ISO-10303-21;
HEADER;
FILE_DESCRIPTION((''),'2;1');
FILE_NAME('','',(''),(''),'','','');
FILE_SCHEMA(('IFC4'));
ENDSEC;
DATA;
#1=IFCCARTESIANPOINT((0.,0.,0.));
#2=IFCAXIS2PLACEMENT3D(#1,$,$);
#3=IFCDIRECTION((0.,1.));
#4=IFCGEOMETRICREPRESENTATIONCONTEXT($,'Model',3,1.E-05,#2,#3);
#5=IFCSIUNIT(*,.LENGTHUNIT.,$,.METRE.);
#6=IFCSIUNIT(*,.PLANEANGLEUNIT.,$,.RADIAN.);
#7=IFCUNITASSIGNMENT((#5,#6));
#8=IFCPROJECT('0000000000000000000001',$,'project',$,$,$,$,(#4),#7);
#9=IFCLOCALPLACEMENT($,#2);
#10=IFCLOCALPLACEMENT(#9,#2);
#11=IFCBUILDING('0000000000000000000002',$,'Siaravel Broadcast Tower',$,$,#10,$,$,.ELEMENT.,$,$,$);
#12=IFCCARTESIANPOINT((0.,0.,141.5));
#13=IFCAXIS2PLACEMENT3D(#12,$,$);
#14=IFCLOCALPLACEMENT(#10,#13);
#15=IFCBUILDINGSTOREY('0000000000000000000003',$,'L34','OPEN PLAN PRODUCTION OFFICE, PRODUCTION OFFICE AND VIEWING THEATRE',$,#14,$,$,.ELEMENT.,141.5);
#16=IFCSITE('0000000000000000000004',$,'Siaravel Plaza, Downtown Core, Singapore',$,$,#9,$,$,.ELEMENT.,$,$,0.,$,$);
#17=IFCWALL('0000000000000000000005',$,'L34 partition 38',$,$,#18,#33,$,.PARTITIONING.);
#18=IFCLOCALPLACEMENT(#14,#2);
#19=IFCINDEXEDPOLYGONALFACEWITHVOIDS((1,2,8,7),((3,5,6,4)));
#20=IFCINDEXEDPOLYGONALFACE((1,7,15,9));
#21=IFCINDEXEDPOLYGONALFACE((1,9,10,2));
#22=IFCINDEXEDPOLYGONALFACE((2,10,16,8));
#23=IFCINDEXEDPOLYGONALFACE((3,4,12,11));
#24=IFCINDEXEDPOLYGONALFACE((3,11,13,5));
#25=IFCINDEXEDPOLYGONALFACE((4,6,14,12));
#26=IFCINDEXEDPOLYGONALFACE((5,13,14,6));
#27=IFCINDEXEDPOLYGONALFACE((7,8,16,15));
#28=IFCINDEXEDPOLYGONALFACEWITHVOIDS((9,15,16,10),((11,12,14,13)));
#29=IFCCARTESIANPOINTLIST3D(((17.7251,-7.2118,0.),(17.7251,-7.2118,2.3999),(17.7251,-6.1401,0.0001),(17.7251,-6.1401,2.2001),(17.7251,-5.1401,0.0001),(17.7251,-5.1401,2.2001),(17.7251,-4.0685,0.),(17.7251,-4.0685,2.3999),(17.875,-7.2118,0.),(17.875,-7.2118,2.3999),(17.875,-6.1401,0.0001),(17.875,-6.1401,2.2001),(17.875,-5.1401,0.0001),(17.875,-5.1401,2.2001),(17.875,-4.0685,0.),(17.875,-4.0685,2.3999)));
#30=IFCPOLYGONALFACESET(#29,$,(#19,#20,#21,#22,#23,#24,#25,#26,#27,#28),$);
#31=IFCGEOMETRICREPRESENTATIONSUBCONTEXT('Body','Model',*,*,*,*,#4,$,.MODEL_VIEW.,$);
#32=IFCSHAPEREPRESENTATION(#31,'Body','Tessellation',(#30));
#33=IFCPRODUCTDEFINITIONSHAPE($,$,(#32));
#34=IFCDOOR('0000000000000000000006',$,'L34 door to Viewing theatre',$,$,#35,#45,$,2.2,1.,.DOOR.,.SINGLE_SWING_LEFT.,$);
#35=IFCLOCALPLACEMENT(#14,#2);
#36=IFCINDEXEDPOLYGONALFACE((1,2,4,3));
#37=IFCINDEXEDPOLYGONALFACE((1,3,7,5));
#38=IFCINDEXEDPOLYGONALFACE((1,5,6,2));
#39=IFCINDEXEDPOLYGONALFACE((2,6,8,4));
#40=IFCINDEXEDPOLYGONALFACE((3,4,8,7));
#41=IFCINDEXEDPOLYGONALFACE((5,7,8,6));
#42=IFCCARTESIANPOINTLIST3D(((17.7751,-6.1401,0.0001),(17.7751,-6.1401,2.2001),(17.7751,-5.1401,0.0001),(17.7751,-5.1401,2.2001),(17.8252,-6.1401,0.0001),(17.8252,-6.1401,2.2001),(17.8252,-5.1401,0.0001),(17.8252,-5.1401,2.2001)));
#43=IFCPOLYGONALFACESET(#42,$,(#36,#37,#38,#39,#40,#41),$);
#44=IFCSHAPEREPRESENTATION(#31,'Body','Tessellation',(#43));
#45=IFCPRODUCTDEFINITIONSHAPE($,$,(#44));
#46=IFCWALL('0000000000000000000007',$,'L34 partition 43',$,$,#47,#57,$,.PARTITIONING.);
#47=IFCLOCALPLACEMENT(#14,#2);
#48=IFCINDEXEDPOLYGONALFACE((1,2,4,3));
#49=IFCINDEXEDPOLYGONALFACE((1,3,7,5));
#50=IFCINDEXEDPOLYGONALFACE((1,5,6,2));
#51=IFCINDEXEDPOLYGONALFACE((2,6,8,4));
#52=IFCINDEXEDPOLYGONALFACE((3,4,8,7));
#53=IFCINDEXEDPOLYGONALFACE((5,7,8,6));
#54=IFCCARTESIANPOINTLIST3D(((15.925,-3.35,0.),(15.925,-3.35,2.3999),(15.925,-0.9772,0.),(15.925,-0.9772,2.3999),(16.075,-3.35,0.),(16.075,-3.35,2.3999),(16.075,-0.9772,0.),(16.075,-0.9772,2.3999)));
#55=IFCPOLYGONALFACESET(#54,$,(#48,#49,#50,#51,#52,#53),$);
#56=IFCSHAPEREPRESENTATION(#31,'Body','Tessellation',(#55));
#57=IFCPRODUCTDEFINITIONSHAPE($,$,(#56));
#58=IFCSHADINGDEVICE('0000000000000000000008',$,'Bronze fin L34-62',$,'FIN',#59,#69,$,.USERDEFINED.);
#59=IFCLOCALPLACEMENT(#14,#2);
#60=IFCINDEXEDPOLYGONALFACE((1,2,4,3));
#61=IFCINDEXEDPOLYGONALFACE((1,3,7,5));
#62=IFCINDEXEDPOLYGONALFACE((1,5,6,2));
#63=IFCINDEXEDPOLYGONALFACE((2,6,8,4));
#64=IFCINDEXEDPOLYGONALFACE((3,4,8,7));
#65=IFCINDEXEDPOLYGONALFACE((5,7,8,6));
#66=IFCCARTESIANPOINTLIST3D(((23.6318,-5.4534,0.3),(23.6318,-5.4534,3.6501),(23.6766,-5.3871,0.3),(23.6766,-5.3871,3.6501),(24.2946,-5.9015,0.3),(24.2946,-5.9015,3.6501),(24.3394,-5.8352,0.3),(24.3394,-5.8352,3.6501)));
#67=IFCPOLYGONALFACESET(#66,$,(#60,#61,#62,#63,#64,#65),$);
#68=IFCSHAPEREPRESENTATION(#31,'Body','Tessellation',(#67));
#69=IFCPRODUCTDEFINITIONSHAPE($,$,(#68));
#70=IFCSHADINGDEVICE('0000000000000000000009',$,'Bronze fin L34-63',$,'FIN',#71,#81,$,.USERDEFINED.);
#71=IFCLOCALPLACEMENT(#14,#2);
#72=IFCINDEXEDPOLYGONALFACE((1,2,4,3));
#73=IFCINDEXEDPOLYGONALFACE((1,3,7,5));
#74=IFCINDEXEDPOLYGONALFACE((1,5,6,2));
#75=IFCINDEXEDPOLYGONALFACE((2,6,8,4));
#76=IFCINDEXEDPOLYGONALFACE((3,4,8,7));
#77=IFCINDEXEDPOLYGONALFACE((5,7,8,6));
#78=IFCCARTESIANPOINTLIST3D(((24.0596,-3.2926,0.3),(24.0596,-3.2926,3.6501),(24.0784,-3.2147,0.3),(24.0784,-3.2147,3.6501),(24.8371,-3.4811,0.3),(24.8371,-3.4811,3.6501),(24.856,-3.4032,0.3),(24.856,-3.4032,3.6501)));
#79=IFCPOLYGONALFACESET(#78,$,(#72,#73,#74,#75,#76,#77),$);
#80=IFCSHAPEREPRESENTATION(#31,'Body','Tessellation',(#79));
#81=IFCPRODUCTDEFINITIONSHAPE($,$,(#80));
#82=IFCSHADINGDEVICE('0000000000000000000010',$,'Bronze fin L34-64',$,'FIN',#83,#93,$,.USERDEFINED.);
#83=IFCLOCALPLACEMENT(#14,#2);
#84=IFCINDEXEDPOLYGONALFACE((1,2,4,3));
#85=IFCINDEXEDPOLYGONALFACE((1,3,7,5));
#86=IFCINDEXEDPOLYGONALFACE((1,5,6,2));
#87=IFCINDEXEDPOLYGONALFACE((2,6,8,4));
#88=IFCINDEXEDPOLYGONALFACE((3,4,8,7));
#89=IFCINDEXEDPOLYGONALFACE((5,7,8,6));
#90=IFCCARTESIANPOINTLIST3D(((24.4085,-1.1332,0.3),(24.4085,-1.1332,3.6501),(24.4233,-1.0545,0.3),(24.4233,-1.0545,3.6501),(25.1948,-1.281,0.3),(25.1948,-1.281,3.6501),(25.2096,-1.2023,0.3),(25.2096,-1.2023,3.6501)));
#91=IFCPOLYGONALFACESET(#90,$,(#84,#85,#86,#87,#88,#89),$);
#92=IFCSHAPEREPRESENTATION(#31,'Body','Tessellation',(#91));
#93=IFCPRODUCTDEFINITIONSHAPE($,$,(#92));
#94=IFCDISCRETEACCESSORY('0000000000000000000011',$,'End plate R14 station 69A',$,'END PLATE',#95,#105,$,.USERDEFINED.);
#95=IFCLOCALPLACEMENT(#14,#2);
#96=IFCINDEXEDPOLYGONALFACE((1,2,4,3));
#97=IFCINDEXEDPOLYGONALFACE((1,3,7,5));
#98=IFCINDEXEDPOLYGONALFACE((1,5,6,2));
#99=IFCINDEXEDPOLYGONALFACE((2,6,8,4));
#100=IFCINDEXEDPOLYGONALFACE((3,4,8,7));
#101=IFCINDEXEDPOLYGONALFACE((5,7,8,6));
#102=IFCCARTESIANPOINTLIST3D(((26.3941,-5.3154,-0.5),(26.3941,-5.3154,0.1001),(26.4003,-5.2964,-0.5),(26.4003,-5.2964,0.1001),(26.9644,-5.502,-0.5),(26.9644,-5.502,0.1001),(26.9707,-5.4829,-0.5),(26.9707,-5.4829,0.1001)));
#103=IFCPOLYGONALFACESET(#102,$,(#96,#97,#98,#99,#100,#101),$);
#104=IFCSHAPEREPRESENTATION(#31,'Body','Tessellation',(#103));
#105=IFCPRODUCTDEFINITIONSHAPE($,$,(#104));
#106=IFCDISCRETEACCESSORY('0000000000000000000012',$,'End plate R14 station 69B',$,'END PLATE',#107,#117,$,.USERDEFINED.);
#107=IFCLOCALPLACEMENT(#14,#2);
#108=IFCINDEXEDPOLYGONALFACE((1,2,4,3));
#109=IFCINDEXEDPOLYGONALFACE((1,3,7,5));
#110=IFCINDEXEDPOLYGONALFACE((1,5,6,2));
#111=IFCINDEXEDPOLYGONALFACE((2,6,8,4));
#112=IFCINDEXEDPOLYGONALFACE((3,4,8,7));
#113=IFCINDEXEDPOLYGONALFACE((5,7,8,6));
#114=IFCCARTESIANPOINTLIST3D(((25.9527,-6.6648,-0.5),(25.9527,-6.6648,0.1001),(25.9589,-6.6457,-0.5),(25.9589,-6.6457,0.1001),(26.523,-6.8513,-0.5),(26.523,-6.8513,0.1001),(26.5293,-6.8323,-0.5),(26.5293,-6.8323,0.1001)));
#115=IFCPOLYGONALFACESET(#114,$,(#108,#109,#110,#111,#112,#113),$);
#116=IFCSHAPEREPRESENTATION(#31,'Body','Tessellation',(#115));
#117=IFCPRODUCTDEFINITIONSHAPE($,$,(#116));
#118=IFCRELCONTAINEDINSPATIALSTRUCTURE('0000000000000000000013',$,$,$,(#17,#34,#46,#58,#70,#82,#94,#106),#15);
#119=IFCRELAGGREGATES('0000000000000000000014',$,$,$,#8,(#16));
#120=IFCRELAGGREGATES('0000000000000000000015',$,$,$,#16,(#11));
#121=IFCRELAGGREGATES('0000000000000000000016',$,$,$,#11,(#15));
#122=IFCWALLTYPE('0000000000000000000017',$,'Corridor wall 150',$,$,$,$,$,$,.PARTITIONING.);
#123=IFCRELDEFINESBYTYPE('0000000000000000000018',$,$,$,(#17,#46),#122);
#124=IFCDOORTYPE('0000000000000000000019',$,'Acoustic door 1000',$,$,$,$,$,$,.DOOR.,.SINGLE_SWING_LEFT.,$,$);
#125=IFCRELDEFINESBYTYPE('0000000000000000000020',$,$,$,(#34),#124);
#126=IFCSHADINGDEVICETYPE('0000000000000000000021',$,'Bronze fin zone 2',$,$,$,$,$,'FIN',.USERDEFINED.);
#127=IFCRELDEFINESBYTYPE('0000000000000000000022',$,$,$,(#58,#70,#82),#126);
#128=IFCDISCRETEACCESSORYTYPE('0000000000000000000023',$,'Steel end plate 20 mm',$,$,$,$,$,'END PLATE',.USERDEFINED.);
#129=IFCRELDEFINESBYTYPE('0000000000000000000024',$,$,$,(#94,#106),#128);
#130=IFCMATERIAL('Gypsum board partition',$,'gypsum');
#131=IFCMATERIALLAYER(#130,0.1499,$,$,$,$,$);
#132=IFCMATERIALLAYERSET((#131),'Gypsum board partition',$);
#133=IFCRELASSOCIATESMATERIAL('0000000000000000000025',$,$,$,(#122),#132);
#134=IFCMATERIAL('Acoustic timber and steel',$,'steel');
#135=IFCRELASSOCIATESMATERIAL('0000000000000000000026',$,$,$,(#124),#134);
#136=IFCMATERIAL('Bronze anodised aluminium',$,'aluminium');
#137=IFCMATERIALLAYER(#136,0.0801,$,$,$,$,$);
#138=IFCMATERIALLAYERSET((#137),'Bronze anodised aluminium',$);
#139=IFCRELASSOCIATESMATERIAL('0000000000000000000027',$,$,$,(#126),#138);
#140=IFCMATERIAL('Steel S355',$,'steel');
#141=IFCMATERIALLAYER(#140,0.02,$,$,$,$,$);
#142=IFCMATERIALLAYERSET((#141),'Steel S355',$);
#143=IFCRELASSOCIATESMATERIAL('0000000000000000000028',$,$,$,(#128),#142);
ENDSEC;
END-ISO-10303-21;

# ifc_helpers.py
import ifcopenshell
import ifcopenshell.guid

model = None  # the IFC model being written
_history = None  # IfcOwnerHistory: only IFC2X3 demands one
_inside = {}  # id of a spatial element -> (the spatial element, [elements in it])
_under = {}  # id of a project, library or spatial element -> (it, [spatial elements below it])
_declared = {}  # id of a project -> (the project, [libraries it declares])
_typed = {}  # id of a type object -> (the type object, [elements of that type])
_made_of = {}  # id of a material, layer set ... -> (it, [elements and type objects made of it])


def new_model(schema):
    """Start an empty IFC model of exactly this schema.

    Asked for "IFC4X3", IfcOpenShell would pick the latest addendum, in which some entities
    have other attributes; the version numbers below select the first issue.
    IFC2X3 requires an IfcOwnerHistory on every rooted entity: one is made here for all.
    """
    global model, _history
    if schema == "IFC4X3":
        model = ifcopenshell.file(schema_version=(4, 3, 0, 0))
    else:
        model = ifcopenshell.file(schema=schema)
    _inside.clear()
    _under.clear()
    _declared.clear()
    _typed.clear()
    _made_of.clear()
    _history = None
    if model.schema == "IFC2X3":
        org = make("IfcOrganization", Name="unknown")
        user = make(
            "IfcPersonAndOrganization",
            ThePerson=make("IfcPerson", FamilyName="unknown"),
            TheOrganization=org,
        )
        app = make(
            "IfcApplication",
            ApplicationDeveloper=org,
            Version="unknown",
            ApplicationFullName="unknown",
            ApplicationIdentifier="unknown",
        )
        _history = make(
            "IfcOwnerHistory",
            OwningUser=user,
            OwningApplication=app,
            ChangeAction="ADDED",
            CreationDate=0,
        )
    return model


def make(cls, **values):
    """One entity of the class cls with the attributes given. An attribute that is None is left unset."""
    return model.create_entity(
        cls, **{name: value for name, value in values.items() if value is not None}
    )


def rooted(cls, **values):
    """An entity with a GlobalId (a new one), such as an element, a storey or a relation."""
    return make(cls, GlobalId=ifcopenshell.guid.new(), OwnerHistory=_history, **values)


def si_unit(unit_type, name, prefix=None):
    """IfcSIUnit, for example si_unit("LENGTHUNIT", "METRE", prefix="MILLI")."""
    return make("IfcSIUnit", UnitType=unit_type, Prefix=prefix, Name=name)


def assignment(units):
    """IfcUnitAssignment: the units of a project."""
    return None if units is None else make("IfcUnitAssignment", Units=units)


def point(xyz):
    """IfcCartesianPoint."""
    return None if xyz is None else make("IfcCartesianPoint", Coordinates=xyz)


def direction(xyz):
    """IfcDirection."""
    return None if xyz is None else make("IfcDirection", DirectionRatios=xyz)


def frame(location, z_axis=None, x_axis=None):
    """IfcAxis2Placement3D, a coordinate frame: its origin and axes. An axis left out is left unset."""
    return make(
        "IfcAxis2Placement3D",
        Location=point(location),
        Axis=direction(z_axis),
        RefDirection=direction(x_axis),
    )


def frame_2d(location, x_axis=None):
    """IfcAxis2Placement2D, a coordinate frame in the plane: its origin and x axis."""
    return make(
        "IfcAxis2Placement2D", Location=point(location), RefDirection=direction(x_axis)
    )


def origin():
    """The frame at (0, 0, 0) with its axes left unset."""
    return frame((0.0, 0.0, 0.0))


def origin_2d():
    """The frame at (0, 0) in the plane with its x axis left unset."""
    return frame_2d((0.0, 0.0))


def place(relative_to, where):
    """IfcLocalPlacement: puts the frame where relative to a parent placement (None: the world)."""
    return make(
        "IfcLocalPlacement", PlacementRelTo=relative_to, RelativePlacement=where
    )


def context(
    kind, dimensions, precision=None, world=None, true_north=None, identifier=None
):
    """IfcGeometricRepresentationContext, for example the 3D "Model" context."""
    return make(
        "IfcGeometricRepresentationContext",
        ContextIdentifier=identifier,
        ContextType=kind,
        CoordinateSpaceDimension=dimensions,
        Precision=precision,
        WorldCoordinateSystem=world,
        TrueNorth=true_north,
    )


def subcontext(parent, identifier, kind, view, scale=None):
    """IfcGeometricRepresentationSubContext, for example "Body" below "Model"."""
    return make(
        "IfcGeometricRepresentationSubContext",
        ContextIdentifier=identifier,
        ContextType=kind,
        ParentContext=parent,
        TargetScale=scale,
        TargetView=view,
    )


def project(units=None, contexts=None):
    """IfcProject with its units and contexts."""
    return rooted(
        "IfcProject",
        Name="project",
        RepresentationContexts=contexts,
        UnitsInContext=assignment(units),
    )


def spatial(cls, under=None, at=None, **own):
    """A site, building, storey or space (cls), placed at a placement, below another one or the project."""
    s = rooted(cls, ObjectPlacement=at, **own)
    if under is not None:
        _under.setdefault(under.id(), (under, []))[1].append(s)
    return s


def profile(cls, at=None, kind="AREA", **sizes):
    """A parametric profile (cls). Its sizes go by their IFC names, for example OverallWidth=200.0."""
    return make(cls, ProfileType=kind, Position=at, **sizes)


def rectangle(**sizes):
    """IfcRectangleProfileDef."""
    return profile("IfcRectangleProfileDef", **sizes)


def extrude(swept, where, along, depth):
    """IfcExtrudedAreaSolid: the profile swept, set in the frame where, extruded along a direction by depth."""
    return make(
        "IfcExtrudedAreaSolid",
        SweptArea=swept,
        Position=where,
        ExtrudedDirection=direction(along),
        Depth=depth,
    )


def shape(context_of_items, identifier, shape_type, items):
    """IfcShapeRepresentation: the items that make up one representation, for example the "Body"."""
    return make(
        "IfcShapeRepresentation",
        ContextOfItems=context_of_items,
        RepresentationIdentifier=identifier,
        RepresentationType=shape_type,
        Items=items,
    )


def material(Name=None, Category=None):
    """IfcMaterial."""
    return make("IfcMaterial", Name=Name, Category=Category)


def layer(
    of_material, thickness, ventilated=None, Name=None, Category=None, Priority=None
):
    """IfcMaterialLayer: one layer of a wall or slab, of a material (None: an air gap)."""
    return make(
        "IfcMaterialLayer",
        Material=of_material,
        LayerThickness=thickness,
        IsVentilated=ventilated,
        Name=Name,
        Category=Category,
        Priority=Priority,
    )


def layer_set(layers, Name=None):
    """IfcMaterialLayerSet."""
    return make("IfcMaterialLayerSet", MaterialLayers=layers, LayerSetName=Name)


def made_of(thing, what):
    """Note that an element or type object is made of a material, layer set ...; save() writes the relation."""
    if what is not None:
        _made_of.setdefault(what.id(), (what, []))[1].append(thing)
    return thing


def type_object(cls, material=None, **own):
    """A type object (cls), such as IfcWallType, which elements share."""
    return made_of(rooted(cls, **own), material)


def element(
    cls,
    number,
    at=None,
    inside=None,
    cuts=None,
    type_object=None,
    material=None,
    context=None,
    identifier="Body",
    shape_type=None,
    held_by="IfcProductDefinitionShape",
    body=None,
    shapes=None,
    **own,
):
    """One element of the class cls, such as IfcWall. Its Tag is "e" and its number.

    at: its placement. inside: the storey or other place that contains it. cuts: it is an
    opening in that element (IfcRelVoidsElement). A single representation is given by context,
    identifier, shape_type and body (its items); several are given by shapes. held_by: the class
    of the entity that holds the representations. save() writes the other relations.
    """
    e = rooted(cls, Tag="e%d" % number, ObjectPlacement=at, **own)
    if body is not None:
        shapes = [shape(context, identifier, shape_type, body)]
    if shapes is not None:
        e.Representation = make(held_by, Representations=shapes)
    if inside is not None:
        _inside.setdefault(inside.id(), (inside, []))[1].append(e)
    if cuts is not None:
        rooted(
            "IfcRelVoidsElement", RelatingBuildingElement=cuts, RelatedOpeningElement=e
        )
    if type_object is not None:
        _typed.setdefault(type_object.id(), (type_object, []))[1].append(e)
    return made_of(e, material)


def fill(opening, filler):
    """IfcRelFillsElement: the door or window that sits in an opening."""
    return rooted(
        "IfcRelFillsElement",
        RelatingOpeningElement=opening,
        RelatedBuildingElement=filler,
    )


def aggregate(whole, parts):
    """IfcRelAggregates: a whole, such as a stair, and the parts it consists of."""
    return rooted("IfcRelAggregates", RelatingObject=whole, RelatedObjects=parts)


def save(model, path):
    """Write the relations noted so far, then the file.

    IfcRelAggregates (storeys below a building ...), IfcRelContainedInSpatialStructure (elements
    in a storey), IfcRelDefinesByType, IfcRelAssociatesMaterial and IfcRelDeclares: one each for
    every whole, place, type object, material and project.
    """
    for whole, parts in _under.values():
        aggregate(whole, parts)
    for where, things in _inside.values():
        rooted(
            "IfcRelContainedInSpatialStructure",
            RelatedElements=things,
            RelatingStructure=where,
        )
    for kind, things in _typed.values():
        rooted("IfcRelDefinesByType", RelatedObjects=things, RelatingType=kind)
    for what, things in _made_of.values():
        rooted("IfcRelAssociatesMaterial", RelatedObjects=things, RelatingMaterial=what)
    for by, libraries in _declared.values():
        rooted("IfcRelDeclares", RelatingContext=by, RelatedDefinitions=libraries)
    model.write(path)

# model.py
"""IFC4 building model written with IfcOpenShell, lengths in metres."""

from ifc_helpers import new_model, si_unit, direction, frame, frame_2d, origin, origin_2d, place, context, subcontext, project, spatial, rectangle, extrude, material, layer, layer_set, type_object, element, fill, save


model = new_model("IFC4")

# Units and contexts
model_context = context("Model", 3, precision=1e-05, world=origin(), true_north=direction((0.0, 1.0)))
body_context = subcontext(model_context, "Body", "Model", "MODEL_VIEW")
ifc_project = project(units=[si_unit("LENGTHUNIT", "METRE"), si_unit("PLANEANGLEUNIT", "RADIAN")], contexts=[model_context])

# Site, building, storey
site_placement = place(None, origin())
site = spatial("IfcSite", under=ifc_project, at=site_placement, Name="Siaravel Plaza, Downtown Core, Singapore", CompositionType="ELEMENT", RefElevation=0.0)
building_placement = place(site_placement, origin())
building = spatial("IfcBuilding", under=site, at=building_placement, Name="Siaravel Broadcast Tower", CompositionType="ELEMENT")
storey_placement = place(building_placement, frame((0.0, 0.0, 141.5)))
storey = spatial("IfcBuildingStorey", under=building, at=storey_placement, Name="L34", Description="OPEN PLAN PRODUCTION OFFICE, PRODUCTION OFFICE AND VIEWING THEATRE", CompositionType="ELEMENT", Elevation=141.5)

# Shared definitions
ifc_material_1 = material(Name="Steel S355", Category="steel")

# Shared definitions
ifc_material_2 = material(Name="Gypsum board partition", Category="gypsum")
ifc_layer_1 = layer(ifc_material_2, 0.1499)
ifc_layer_set_1 = layer_set([ifc_layer_1], Name="Gypsum board partition")
wall_type_1 = type_object("IfcWallType", Name="Corridor wall 150", PredefinedType="PARTITIONING", material=ifc_layer_set_1)
ifc_material_3 = material(Name="Acoustic timber and steel", Category="steel")
door_type_1 = type_object("IfcDoorType", Name="Acoustic door 1000", OperationType="SINGLE_SWING_LEFT", PredefinedType="DOOR", material=ifc_material_3)

# Wall, opening, door
wall_1_placement = place(storey_placement, frame((17.8, -7.2119, 0.0), z_axis=(0.0, 0.0, 1.0), x_axis=(0.0, 1.0, 0.0)))
wall_1 = element("IfcWall", 1, at=wall_1_placement, inside=storey, type_object=wall_type_1, Name="L34 partition 38", PredefinedType="PARTITIONING", context=body_context, shape_type="SweptSolid", body=[
    extrude(rectangle(XDim=3.1433, YDim=0.1499, at=frame_2d((1.5718, 0.0))), origin(), (0.0, 0.0, 1.0), 2.3999),
])
opening_1_placement = place(wall_1_placement, frame((1.0718, 0.0, 0.0)))
opening_1 = element("IfcOpeningElement", 2, at=opening_1_placement, cuts=wall_1, PredefinedType="OPENING", context=body_context, shape_type="SweptSolid", body=[
    extrude(rectangle(XDim=1.0, YDim=2.2, at=frame_2d((0.5, 1.1001))), frame((0.0, 0.085, 0.0), z_axis=(0.0, -1.0, 0.0), x_axis=(1.0, 0.0, 0.0)), (0.0, 0.0, 1.0), 0.1699),
])
door_1_placement = place(opening_1_placement, origin())
door_1 = element("IfcDoor", 3, at=door_1_placement, inside=storey, type_object=door_type_1, Name="L34 door to Viewing theatre", OperationType="SINGLE_SWING_LEFT", OverallHeight=2.2, OverallWidth=1.0, PredefinedType="DOOR", context=body_context, shape_type="SweptSolid", body=[
    extrude(rectangle(XDim=1.0, YDim=2.2, at=frame_2d((0.5, 1.1001))), frame((0.0, 0.0249, 0.0), z_axis=(0.0, -1.0, 0.0), x_axis=(1.0, 0.0, 0.0)), (0.0, 0.0, 1.0), 0.05),
])
fill(opening_1, door_1)

# Wall
wall_2_placement = place(storey_placement, frame((16.0, -0.9771, 0.0), z_axis=(0.0, 0.0, 1.0), x_axis=(0.0, -1.0, 0.0)))
element("IfcWall", 4, at=wall_2_placement, inside=storey, type_object=wall_type_1, Name="L34 partition 43", PredefinedType="PARTITIONING", context=body_context, shape_type="SweptSolid", body=[
    extrude(rectangle(XDim=2.3728, YDim=0.1499, at=frame_2d((1.1865, 0.0))), origin(), (0.0, 0.0, 1.0), 2.3999),
])

# Shading devices
ifc_material_4 = material(Name="Bronze anodised aluminium", Category="aluminium")
ifc_layer_2 = layer(ifc_material_4, 0.0801)
ifc_layer_set_2 = layer_set([ifc_layer_2], Name="Bronze anodised aluminium")
shading_device_type = type_object("IfcShadingDeviceType", Name="Bronze fin zone 2", ElementType="FIN", PredefinedType="USERDEFINED", material=ifc_layer_set_2)
for number, where, z_axis, x_axis, name in (
    (5, (23.9856, -5.6443, 0.3), (0.0, 0.0, 1.0), (0.828413, -0.560117, 0.0), "Bronze fin L34-62"),
    (6, (24.4578, -3.3479, 0.3), (0.0, 0.0, 1.0), (0.971853, -0.235587, 0.0), "Bronze fin L34-63"),
    (7, (24.8091, -1.1677, 0.3), (0.0, 0.0, 1.0), (0.982795, -0.184698, 0.0), "Bronze fin L34-64"),
):
    element("IfcShadingDevice", number, at=place(storey_placement, frame(where, z_axis=z_axis, x_axis=x_axis)), inside=storey, type_object=shading_device_type, Name=name, ObjectType="FIN", PredefinedType="USERDEFINED", context=body_context, shape_type="SweptSolid", body=[
        extrude(rectangle(XDim=0.8, YDim=0.0801, at=origin_2d()), origin(), (0.0, 0.0, 1.0), 3.3501),
    ])

# Discrete accessories
ifc_layer_3 = layer(ifc_material_1, 0.02)
ifc_layer_set_3 = layer_set([ifc_layer_3], Name="Steel S355")
discrete_accessory_type = type_object("IfcDiscreteAccessoryType", Name="Steel end plate 20 mm", ElementType="END PLATE", PredefinedType="USERDEFINED", material=ifc_layer_set_3)
for number, where, z_axis, x_axis, name in (
    (8, (26.6824, -5.3992, -0.5), (0.0, 0.0, 1.0), (0.310909, 0.95044, 0.0), "End plate R14 station 69A"),
    (9, (26.241, -6.7485, -0.5), (0.0, 0.0, 1.0), (0.310909, 0.95044, 0.0), "End plate R14 station 69B"),
):
    element("IfcDiscreteAccessory", number, at=place(storey_placement, frame(where, z_axis=z_axis, x_axis=x_axis)), inside=storey, type_object=discrete_accessory_type, Name=name, ObjectType="END PLATE", PredefinedType="USERDEFINED", context=body_context, shape_type="SweptSolid", body=[
        extrude(rectangle(XDim=0.02, YDim=0.6001, at=origin_2d()), origin(), (0.0, 0.0, 1.0), 0.6001),
    ])

save(model, "model.ifc")
